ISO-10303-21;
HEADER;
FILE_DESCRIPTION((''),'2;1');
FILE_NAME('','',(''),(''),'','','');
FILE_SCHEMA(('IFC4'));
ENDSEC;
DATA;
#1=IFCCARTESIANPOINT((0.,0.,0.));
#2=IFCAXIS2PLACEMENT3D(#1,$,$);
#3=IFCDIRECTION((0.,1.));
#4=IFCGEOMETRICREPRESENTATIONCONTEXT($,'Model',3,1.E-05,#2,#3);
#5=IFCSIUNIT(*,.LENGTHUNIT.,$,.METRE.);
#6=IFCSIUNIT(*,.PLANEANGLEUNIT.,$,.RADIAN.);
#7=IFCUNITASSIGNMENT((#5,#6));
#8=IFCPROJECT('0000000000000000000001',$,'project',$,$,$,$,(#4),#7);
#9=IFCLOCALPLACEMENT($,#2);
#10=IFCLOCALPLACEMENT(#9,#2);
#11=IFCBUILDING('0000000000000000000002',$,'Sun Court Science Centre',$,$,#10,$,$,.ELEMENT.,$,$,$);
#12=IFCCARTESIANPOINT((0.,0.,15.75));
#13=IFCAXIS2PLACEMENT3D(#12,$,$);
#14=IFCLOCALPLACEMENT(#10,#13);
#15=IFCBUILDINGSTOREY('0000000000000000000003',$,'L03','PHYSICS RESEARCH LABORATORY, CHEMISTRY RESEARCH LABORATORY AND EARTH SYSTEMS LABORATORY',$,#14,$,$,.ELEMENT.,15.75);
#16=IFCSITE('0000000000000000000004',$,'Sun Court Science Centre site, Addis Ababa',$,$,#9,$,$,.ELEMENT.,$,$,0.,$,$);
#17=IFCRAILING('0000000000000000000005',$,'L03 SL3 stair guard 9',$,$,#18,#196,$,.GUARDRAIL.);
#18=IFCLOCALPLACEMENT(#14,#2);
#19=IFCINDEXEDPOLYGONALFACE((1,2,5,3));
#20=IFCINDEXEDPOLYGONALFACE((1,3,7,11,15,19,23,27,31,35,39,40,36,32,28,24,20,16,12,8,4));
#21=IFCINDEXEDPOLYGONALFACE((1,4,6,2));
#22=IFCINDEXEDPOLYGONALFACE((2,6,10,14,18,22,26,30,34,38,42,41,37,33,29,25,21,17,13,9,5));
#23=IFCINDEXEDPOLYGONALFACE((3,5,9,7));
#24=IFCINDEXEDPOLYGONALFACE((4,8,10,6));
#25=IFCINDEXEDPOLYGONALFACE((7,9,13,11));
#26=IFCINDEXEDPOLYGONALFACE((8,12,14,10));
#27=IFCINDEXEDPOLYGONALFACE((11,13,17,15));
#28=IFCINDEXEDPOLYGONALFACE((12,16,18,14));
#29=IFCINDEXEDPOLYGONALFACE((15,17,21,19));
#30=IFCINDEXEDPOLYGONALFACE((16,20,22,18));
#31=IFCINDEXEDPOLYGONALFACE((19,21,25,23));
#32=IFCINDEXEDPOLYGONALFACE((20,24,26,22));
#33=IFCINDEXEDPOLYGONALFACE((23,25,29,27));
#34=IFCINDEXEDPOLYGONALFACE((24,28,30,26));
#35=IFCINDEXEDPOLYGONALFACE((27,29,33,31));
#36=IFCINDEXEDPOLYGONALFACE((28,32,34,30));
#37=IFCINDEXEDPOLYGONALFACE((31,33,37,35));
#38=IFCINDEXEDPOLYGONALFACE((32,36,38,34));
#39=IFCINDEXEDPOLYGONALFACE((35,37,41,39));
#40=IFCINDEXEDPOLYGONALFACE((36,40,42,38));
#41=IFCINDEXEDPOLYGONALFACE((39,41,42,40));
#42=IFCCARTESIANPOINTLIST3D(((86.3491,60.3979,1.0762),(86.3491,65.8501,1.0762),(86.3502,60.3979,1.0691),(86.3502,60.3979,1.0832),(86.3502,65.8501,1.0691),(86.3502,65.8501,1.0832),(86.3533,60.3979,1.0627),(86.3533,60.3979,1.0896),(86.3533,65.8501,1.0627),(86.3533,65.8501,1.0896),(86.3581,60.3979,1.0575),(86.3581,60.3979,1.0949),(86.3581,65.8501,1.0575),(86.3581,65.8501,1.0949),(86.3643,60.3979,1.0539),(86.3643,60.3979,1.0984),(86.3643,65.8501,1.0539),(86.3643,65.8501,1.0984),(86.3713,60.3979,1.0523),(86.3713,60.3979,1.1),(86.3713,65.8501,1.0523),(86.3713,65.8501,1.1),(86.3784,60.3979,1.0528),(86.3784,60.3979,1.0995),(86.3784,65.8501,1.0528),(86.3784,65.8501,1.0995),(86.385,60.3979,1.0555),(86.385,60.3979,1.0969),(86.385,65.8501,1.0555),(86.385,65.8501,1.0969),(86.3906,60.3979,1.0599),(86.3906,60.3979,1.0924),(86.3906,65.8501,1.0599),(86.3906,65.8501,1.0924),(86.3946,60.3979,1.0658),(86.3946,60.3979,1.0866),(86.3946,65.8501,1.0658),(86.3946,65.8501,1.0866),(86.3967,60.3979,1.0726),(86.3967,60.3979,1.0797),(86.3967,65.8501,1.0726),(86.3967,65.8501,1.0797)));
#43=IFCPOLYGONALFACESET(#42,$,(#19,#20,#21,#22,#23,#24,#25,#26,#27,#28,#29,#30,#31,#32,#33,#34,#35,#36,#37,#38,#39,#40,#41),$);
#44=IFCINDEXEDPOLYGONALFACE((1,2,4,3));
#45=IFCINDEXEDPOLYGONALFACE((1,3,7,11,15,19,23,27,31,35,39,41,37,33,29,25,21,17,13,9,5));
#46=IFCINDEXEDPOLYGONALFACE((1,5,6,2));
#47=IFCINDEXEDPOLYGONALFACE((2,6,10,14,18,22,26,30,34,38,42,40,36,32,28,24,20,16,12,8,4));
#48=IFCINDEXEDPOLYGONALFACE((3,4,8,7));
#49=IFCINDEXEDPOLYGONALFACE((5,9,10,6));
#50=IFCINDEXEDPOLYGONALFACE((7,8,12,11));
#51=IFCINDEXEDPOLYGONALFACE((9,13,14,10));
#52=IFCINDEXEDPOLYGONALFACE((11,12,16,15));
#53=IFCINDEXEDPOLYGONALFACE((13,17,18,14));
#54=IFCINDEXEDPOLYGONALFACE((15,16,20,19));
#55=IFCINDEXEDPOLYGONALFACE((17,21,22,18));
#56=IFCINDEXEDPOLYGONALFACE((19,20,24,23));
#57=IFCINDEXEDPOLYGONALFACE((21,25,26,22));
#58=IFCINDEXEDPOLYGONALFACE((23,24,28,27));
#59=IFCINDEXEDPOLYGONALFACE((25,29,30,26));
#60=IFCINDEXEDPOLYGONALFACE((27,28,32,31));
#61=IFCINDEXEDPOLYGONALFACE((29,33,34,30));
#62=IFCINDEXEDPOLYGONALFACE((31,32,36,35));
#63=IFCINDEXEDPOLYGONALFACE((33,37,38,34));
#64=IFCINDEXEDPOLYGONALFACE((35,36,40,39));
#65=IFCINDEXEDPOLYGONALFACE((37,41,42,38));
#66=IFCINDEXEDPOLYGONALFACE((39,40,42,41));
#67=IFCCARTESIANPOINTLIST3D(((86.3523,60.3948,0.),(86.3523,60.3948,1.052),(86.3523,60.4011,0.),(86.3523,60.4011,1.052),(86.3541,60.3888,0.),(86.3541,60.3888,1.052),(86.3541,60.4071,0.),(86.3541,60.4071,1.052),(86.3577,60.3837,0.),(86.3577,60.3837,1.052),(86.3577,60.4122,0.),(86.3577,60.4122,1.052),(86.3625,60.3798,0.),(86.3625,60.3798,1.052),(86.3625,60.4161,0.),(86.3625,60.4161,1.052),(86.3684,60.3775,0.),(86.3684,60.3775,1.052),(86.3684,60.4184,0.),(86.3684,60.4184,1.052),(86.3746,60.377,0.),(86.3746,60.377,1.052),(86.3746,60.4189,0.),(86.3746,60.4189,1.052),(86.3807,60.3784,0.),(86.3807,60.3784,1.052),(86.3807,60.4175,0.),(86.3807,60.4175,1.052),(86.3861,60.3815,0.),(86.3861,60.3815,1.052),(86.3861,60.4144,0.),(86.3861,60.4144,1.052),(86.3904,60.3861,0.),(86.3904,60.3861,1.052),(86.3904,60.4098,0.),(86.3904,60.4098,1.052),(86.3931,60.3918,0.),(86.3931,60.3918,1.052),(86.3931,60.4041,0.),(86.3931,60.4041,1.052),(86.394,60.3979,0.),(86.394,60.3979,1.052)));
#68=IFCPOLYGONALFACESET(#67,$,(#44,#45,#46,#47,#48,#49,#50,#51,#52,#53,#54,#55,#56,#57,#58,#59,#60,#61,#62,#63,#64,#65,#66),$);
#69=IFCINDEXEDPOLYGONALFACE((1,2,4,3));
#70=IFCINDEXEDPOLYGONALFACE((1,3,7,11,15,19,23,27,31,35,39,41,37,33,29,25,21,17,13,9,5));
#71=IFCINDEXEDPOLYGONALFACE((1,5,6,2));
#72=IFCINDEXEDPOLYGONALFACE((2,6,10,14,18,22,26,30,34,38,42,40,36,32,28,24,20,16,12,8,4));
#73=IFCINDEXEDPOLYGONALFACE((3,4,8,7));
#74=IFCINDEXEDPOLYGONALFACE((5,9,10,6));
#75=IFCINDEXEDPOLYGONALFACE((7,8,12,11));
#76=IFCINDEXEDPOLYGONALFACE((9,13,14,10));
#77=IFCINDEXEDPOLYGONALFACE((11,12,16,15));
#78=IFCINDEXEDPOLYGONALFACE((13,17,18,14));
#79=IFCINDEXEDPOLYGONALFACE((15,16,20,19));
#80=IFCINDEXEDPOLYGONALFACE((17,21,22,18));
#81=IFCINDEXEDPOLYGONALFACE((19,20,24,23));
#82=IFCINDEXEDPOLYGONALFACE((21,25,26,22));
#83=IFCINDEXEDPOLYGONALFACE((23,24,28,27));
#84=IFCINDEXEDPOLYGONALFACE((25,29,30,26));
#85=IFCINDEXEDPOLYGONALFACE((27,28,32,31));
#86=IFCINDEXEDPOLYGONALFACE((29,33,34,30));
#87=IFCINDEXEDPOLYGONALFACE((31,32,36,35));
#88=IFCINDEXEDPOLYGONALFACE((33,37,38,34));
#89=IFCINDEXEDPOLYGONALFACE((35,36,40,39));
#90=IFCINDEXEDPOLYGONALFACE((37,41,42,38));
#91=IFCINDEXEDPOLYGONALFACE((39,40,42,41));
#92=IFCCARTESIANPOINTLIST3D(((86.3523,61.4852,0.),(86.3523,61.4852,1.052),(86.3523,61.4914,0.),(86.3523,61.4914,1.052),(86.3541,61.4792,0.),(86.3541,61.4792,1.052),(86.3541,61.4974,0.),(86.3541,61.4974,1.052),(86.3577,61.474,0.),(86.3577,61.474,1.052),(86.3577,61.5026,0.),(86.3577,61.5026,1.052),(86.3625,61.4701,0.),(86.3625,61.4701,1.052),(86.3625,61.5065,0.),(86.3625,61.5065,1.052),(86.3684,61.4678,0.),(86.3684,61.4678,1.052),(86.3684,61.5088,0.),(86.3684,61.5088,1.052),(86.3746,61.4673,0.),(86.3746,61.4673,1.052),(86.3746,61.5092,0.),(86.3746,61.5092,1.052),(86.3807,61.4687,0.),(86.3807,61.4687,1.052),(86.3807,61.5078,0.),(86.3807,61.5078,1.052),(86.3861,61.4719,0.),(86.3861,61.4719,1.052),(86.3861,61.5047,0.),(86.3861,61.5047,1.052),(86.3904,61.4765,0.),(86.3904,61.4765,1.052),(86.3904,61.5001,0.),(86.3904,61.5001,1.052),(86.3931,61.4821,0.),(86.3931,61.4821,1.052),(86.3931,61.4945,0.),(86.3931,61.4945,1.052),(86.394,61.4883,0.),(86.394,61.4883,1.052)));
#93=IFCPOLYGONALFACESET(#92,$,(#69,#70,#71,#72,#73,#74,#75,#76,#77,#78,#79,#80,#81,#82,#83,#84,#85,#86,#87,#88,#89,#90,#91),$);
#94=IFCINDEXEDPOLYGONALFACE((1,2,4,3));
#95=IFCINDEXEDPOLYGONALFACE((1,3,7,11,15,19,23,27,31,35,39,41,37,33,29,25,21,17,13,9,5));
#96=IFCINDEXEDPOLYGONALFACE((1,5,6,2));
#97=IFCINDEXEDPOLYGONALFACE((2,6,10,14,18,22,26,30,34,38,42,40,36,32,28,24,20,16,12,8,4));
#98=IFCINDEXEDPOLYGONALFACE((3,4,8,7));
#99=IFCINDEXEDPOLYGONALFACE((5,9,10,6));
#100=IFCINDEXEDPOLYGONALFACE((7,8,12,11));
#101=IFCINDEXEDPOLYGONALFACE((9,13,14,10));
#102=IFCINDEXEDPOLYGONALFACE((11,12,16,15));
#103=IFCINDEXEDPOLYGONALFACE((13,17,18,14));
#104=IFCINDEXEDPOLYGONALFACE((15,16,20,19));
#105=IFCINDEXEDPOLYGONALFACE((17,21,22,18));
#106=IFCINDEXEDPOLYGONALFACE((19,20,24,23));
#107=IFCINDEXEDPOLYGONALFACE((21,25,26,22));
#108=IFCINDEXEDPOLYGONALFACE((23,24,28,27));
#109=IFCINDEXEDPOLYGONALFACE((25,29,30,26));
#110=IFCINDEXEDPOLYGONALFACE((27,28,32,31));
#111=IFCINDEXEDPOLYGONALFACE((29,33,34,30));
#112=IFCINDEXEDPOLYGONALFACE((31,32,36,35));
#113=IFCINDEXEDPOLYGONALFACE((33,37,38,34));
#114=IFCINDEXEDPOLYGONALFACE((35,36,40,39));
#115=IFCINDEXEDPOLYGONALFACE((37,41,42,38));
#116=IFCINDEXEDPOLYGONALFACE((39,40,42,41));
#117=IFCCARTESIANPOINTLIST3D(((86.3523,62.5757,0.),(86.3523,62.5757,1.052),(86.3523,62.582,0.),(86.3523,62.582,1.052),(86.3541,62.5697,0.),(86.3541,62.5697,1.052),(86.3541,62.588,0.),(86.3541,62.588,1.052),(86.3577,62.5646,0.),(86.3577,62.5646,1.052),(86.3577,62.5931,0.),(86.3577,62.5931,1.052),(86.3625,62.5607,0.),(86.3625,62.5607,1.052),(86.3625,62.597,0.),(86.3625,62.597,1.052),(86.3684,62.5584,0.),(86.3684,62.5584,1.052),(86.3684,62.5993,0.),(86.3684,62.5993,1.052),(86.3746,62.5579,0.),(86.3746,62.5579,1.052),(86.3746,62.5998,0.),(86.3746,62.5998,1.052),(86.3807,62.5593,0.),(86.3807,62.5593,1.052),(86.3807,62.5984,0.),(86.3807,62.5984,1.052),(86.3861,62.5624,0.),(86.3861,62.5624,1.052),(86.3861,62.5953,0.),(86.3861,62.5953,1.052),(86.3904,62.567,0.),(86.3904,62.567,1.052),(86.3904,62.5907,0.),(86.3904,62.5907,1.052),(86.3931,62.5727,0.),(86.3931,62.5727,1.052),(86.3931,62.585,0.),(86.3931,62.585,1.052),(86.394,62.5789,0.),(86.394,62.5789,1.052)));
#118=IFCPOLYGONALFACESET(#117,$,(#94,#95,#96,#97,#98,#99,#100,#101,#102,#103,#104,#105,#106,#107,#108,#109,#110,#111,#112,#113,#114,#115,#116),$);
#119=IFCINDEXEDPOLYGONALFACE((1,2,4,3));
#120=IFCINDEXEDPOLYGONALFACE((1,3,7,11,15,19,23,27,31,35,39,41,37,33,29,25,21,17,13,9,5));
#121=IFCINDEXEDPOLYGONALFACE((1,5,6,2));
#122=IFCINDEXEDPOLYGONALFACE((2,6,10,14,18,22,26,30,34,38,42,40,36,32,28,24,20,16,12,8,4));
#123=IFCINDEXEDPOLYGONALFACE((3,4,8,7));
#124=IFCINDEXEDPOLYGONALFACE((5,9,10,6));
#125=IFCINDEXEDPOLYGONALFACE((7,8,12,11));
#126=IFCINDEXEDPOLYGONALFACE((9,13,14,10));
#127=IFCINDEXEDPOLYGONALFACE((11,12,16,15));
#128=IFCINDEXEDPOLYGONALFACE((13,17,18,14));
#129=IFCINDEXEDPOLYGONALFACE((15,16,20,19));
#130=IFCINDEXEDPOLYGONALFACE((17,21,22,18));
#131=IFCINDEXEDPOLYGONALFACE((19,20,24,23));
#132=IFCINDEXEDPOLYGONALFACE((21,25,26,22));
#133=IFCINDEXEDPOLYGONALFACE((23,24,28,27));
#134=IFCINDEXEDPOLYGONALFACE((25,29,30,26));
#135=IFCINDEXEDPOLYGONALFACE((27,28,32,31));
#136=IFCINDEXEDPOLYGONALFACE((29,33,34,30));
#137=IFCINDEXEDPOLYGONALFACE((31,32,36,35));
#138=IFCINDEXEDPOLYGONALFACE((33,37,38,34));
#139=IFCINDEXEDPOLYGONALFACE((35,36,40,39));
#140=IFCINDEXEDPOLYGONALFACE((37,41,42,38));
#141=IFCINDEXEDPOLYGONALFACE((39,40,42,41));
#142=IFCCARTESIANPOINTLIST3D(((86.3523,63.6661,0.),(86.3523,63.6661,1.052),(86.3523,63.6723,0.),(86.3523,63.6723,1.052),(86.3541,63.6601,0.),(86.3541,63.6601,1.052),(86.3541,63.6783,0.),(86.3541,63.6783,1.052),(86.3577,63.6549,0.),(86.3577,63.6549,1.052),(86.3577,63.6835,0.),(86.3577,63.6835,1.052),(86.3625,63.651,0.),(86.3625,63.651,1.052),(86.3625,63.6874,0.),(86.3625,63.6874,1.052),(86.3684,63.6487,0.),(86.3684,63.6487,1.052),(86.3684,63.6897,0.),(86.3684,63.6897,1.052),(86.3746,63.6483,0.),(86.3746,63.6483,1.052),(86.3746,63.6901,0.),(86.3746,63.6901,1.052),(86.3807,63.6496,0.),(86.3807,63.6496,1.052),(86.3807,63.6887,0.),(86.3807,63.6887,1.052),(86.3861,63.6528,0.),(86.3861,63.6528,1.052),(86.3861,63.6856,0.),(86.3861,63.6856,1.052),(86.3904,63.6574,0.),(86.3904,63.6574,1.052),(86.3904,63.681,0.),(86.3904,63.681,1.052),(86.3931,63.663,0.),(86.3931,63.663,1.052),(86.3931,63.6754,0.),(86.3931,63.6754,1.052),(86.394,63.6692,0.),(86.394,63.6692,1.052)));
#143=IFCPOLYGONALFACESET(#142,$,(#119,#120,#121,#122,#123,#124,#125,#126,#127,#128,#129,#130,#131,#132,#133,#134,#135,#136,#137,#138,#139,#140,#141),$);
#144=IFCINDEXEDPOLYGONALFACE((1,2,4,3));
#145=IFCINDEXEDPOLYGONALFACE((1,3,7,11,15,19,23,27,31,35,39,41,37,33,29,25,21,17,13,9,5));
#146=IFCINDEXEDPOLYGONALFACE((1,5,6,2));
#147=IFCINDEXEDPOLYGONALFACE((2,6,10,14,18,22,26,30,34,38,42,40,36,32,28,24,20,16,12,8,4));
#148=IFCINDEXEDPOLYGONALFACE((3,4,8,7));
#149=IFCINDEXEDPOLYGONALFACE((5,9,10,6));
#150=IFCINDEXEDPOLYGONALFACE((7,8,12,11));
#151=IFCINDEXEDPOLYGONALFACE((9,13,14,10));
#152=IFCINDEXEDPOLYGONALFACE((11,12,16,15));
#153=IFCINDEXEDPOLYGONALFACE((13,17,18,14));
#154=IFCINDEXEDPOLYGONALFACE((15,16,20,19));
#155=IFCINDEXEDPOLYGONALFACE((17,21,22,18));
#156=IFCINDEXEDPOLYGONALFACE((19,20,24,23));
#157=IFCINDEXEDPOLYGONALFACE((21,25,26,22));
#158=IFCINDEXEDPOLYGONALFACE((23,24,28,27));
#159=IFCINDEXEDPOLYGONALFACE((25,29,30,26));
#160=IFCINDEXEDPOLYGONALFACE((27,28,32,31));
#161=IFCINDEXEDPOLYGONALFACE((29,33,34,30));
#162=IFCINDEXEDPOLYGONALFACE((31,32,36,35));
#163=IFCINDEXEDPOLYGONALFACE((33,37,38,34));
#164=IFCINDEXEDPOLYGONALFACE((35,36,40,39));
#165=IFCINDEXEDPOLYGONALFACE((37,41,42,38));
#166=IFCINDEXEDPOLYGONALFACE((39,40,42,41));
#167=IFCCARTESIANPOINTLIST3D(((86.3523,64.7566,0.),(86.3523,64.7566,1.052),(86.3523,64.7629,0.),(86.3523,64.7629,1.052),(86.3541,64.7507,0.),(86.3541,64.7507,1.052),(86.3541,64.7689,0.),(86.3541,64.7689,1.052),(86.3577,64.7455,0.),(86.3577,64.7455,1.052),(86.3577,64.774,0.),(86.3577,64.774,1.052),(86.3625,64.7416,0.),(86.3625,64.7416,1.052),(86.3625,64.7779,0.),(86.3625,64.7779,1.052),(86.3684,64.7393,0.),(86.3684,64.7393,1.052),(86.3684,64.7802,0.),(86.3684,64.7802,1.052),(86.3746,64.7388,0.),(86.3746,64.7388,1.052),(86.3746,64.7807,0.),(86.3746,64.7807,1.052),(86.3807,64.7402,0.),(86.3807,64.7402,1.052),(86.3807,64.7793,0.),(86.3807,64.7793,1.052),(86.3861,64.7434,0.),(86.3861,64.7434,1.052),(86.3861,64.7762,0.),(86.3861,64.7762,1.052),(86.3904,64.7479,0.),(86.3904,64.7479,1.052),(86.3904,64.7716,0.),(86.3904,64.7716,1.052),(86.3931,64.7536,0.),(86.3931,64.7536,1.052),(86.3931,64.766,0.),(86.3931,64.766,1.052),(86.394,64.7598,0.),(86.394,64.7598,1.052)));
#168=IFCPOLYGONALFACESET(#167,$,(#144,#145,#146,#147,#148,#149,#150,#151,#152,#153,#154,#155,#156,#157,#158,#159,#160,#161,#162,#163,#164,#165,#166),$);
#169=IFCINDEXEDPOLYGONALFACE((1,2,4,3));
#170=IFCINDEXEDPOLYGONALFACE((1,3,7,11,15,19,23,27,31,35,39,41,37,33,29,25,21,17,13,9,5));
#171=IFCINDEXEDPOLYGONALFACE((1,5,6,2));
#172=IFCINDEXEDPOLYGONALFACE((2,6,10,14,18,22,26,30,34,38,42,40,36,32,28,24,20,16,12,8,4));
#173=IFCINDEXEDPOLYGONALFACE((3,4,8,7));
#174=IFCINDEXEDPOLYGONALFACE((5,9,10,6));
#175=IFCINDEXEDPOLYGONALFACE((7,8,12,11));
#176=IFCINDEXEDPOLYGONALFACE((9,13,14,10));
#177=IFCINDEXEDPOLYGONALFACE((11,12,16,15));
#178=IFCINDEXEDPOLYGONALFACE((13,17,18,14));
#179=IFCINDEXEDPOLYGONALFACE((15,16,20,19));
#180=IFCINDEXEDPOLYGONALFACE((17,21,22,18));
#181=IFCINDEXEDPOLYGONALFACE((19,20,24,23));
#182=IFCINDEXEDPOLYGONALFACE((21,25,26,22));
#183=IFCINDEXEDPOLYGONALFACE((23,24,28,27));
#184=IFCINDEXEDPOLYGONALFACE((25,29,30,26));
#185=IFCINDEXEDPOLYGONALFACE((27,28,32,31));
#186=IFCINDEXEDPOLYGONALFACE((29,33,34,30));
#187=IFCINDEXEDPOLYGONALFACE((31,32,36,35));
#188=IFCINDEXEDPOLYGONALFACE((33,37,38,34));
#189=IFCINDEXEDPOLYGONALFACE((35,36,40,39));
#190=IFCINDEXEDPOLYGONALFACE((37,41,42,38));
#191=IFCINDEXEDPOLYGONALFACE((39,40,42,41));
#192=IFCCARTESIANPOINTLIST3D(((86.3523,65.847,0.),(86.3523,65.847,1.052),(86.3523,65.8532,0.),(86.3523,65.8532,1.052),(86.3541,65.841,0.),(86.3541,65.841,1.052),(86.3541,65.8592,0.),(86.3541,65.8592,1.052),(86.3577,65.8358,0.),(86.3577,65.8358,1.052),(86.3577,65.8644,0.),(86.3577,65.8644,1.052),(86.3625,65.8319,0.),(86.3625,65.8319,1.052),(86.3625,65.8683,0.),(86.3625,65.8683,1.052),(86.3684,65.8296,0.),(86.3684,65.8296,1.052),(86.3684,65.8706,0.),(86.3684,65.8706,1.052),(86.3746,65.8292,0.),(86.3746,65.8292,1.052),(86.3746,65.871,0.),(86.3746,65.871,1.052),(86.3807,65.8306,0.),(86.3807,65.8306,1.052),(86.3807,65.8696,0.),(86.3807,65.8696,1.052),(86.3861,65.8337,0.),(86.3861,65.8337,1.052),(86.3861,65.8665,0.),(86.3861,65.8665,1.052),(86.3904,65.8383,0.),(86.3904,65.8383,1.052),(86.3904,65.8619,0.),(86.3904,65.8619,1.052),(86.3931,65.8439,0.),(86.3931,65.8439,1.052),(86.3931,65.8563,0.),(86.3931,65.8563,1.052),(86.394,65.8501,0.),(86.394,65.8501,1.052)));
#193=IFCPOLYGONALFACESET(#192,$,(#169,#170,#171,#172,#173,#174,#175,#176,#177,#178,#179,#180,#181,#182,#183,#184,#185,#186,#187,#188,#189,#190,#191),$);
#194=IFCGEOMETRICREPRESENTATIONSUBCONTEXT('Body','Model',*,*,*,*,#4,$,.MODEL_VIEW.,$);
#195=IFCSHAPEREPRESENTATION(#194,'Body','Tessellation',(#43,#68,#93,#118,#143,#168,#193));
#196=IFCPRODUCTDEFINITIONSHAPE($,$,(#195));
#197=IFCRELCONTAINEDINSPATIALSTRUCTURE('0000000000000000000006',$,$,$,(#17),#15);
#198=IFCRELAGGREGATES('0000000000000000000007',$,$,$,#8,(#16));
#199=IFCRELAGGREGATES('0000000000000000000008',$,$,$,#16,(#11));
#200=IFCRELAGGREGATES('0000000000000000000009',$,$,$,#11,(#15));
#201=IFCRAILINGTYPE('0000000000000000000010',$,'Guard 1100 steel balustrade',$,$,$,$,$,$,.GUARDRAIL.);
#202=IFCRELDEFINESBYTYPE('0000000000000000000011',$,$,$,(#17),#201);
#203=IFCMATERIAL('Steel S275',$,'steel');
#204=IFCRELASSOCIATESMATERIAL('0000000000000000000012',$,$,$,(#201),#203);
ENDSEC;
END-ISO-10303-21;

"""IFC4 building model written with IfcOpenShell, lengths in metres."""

from ifc_helpers import new_model, si_unit, direction, frame, origin, origin_2d, place, context, subcontext, project, spatial, circle, extrude, material, type_object, element, save


model = new_model("IFC4")

# Units and contexts
model_context = context("Model", 3, precision=1e-05, world=origin(), true_north=direction((0.0, 1.0)))
body_context = subcontext(model_context, "Body", "Model", "MODEL_VIEW")
ifc_project = project(units=[si_unit("LENGTHUNIT", "METRE"), si_unit("PLANEANGLEUNIT", "RADIAN")], contexts=[model_context])

# Site, building, storey
site_placement = place(None, origin())
site = spatial("IfcSite", under=ifc_project, at=site_placement, Name="Sun Court Science Centre site, Addis Ababa", CompositionType="ELEMENT", RefElevation=0.0)
building_placement = place(site_placement, origin())
building = spatial("IfcBuilding", under=site, at=building_placement, Name="Sun Court Science Centre", CompositionType="ELEMENT")
storey_placement = place(building_placement, frame((0.0, 0.0, 15.75)))
storey = spatial("IfcBuildingStorey", under=building, at=storey_placement, Name="L03", Description="PHYSICS RESEARCH LABORATORY, CHEMISTRY RESEARCH LABORATORY AND EARTH SYSTEMS LABORATORY", CompositionType="ELEMENT", Elevation=15.75)

# Railing
ifc_material_1 = material(Name="Steel S275", Category="steel")
railing_type = type_object("IfcRailingType", Name="Guard 1100 steel balustrade", PredefinedType="GUARDRAIL", material=ifc_material_1)
railing_placement = place(storey_placement, frame((86.373, 60.3979, 0.0)))
element("IfcRailing", 1, at=railing_placement, inside=storey, type_object=railing_type, Name="L03 SL3 stair guard 9", PredefinedType="GUARDRAIL", context=body_context, shape_type="SweptSolid", body=[
    extrude(circle(Radius=0.0239, at=origin_2d()), frame((0.0, 0.0, 1.0762), z_axis=(0.0, 1.0, 0.0), x_axis=(-1.0, 0.0, 0.0)), (0.0, 0.0, 1.0), 5.4521),
    extrude(circle(Radius=0.021, at=origin_2d()), origin(), (0.0, 0.0, 1.0), 1.052),
    extrude(circle(Radius=0.021, at=origin_2d()), frame((0.0, 1.0903, 0.0)), (0.0, 0.0, 1.0), 1.052),
    extrude(circle(Radius=0.021, at=origin_2d()), frame((0.0, 2.1809, 0.0)), (0.0, 0.0, 1.0), 1.052),
    extrude(circle(Radius=0.021, at=origin_2d()), frame((0.0, 3.2712, 0.0)), (0.0, 0.0, 1.0), 1.052),
    extrude(circle(Radius=0.021, at=origin_2d()), frame((0.0, 4.3618, 0.0)), (0.0, 0.0, 1.0), 1.052),
    extrude(circle(Radius=0.021, at=origin_2d()), frame((0.0, 5.4521, 0.0)), (0.0, 0.0, 1.0), 1.052),
])

save(model, "model.ifc")
